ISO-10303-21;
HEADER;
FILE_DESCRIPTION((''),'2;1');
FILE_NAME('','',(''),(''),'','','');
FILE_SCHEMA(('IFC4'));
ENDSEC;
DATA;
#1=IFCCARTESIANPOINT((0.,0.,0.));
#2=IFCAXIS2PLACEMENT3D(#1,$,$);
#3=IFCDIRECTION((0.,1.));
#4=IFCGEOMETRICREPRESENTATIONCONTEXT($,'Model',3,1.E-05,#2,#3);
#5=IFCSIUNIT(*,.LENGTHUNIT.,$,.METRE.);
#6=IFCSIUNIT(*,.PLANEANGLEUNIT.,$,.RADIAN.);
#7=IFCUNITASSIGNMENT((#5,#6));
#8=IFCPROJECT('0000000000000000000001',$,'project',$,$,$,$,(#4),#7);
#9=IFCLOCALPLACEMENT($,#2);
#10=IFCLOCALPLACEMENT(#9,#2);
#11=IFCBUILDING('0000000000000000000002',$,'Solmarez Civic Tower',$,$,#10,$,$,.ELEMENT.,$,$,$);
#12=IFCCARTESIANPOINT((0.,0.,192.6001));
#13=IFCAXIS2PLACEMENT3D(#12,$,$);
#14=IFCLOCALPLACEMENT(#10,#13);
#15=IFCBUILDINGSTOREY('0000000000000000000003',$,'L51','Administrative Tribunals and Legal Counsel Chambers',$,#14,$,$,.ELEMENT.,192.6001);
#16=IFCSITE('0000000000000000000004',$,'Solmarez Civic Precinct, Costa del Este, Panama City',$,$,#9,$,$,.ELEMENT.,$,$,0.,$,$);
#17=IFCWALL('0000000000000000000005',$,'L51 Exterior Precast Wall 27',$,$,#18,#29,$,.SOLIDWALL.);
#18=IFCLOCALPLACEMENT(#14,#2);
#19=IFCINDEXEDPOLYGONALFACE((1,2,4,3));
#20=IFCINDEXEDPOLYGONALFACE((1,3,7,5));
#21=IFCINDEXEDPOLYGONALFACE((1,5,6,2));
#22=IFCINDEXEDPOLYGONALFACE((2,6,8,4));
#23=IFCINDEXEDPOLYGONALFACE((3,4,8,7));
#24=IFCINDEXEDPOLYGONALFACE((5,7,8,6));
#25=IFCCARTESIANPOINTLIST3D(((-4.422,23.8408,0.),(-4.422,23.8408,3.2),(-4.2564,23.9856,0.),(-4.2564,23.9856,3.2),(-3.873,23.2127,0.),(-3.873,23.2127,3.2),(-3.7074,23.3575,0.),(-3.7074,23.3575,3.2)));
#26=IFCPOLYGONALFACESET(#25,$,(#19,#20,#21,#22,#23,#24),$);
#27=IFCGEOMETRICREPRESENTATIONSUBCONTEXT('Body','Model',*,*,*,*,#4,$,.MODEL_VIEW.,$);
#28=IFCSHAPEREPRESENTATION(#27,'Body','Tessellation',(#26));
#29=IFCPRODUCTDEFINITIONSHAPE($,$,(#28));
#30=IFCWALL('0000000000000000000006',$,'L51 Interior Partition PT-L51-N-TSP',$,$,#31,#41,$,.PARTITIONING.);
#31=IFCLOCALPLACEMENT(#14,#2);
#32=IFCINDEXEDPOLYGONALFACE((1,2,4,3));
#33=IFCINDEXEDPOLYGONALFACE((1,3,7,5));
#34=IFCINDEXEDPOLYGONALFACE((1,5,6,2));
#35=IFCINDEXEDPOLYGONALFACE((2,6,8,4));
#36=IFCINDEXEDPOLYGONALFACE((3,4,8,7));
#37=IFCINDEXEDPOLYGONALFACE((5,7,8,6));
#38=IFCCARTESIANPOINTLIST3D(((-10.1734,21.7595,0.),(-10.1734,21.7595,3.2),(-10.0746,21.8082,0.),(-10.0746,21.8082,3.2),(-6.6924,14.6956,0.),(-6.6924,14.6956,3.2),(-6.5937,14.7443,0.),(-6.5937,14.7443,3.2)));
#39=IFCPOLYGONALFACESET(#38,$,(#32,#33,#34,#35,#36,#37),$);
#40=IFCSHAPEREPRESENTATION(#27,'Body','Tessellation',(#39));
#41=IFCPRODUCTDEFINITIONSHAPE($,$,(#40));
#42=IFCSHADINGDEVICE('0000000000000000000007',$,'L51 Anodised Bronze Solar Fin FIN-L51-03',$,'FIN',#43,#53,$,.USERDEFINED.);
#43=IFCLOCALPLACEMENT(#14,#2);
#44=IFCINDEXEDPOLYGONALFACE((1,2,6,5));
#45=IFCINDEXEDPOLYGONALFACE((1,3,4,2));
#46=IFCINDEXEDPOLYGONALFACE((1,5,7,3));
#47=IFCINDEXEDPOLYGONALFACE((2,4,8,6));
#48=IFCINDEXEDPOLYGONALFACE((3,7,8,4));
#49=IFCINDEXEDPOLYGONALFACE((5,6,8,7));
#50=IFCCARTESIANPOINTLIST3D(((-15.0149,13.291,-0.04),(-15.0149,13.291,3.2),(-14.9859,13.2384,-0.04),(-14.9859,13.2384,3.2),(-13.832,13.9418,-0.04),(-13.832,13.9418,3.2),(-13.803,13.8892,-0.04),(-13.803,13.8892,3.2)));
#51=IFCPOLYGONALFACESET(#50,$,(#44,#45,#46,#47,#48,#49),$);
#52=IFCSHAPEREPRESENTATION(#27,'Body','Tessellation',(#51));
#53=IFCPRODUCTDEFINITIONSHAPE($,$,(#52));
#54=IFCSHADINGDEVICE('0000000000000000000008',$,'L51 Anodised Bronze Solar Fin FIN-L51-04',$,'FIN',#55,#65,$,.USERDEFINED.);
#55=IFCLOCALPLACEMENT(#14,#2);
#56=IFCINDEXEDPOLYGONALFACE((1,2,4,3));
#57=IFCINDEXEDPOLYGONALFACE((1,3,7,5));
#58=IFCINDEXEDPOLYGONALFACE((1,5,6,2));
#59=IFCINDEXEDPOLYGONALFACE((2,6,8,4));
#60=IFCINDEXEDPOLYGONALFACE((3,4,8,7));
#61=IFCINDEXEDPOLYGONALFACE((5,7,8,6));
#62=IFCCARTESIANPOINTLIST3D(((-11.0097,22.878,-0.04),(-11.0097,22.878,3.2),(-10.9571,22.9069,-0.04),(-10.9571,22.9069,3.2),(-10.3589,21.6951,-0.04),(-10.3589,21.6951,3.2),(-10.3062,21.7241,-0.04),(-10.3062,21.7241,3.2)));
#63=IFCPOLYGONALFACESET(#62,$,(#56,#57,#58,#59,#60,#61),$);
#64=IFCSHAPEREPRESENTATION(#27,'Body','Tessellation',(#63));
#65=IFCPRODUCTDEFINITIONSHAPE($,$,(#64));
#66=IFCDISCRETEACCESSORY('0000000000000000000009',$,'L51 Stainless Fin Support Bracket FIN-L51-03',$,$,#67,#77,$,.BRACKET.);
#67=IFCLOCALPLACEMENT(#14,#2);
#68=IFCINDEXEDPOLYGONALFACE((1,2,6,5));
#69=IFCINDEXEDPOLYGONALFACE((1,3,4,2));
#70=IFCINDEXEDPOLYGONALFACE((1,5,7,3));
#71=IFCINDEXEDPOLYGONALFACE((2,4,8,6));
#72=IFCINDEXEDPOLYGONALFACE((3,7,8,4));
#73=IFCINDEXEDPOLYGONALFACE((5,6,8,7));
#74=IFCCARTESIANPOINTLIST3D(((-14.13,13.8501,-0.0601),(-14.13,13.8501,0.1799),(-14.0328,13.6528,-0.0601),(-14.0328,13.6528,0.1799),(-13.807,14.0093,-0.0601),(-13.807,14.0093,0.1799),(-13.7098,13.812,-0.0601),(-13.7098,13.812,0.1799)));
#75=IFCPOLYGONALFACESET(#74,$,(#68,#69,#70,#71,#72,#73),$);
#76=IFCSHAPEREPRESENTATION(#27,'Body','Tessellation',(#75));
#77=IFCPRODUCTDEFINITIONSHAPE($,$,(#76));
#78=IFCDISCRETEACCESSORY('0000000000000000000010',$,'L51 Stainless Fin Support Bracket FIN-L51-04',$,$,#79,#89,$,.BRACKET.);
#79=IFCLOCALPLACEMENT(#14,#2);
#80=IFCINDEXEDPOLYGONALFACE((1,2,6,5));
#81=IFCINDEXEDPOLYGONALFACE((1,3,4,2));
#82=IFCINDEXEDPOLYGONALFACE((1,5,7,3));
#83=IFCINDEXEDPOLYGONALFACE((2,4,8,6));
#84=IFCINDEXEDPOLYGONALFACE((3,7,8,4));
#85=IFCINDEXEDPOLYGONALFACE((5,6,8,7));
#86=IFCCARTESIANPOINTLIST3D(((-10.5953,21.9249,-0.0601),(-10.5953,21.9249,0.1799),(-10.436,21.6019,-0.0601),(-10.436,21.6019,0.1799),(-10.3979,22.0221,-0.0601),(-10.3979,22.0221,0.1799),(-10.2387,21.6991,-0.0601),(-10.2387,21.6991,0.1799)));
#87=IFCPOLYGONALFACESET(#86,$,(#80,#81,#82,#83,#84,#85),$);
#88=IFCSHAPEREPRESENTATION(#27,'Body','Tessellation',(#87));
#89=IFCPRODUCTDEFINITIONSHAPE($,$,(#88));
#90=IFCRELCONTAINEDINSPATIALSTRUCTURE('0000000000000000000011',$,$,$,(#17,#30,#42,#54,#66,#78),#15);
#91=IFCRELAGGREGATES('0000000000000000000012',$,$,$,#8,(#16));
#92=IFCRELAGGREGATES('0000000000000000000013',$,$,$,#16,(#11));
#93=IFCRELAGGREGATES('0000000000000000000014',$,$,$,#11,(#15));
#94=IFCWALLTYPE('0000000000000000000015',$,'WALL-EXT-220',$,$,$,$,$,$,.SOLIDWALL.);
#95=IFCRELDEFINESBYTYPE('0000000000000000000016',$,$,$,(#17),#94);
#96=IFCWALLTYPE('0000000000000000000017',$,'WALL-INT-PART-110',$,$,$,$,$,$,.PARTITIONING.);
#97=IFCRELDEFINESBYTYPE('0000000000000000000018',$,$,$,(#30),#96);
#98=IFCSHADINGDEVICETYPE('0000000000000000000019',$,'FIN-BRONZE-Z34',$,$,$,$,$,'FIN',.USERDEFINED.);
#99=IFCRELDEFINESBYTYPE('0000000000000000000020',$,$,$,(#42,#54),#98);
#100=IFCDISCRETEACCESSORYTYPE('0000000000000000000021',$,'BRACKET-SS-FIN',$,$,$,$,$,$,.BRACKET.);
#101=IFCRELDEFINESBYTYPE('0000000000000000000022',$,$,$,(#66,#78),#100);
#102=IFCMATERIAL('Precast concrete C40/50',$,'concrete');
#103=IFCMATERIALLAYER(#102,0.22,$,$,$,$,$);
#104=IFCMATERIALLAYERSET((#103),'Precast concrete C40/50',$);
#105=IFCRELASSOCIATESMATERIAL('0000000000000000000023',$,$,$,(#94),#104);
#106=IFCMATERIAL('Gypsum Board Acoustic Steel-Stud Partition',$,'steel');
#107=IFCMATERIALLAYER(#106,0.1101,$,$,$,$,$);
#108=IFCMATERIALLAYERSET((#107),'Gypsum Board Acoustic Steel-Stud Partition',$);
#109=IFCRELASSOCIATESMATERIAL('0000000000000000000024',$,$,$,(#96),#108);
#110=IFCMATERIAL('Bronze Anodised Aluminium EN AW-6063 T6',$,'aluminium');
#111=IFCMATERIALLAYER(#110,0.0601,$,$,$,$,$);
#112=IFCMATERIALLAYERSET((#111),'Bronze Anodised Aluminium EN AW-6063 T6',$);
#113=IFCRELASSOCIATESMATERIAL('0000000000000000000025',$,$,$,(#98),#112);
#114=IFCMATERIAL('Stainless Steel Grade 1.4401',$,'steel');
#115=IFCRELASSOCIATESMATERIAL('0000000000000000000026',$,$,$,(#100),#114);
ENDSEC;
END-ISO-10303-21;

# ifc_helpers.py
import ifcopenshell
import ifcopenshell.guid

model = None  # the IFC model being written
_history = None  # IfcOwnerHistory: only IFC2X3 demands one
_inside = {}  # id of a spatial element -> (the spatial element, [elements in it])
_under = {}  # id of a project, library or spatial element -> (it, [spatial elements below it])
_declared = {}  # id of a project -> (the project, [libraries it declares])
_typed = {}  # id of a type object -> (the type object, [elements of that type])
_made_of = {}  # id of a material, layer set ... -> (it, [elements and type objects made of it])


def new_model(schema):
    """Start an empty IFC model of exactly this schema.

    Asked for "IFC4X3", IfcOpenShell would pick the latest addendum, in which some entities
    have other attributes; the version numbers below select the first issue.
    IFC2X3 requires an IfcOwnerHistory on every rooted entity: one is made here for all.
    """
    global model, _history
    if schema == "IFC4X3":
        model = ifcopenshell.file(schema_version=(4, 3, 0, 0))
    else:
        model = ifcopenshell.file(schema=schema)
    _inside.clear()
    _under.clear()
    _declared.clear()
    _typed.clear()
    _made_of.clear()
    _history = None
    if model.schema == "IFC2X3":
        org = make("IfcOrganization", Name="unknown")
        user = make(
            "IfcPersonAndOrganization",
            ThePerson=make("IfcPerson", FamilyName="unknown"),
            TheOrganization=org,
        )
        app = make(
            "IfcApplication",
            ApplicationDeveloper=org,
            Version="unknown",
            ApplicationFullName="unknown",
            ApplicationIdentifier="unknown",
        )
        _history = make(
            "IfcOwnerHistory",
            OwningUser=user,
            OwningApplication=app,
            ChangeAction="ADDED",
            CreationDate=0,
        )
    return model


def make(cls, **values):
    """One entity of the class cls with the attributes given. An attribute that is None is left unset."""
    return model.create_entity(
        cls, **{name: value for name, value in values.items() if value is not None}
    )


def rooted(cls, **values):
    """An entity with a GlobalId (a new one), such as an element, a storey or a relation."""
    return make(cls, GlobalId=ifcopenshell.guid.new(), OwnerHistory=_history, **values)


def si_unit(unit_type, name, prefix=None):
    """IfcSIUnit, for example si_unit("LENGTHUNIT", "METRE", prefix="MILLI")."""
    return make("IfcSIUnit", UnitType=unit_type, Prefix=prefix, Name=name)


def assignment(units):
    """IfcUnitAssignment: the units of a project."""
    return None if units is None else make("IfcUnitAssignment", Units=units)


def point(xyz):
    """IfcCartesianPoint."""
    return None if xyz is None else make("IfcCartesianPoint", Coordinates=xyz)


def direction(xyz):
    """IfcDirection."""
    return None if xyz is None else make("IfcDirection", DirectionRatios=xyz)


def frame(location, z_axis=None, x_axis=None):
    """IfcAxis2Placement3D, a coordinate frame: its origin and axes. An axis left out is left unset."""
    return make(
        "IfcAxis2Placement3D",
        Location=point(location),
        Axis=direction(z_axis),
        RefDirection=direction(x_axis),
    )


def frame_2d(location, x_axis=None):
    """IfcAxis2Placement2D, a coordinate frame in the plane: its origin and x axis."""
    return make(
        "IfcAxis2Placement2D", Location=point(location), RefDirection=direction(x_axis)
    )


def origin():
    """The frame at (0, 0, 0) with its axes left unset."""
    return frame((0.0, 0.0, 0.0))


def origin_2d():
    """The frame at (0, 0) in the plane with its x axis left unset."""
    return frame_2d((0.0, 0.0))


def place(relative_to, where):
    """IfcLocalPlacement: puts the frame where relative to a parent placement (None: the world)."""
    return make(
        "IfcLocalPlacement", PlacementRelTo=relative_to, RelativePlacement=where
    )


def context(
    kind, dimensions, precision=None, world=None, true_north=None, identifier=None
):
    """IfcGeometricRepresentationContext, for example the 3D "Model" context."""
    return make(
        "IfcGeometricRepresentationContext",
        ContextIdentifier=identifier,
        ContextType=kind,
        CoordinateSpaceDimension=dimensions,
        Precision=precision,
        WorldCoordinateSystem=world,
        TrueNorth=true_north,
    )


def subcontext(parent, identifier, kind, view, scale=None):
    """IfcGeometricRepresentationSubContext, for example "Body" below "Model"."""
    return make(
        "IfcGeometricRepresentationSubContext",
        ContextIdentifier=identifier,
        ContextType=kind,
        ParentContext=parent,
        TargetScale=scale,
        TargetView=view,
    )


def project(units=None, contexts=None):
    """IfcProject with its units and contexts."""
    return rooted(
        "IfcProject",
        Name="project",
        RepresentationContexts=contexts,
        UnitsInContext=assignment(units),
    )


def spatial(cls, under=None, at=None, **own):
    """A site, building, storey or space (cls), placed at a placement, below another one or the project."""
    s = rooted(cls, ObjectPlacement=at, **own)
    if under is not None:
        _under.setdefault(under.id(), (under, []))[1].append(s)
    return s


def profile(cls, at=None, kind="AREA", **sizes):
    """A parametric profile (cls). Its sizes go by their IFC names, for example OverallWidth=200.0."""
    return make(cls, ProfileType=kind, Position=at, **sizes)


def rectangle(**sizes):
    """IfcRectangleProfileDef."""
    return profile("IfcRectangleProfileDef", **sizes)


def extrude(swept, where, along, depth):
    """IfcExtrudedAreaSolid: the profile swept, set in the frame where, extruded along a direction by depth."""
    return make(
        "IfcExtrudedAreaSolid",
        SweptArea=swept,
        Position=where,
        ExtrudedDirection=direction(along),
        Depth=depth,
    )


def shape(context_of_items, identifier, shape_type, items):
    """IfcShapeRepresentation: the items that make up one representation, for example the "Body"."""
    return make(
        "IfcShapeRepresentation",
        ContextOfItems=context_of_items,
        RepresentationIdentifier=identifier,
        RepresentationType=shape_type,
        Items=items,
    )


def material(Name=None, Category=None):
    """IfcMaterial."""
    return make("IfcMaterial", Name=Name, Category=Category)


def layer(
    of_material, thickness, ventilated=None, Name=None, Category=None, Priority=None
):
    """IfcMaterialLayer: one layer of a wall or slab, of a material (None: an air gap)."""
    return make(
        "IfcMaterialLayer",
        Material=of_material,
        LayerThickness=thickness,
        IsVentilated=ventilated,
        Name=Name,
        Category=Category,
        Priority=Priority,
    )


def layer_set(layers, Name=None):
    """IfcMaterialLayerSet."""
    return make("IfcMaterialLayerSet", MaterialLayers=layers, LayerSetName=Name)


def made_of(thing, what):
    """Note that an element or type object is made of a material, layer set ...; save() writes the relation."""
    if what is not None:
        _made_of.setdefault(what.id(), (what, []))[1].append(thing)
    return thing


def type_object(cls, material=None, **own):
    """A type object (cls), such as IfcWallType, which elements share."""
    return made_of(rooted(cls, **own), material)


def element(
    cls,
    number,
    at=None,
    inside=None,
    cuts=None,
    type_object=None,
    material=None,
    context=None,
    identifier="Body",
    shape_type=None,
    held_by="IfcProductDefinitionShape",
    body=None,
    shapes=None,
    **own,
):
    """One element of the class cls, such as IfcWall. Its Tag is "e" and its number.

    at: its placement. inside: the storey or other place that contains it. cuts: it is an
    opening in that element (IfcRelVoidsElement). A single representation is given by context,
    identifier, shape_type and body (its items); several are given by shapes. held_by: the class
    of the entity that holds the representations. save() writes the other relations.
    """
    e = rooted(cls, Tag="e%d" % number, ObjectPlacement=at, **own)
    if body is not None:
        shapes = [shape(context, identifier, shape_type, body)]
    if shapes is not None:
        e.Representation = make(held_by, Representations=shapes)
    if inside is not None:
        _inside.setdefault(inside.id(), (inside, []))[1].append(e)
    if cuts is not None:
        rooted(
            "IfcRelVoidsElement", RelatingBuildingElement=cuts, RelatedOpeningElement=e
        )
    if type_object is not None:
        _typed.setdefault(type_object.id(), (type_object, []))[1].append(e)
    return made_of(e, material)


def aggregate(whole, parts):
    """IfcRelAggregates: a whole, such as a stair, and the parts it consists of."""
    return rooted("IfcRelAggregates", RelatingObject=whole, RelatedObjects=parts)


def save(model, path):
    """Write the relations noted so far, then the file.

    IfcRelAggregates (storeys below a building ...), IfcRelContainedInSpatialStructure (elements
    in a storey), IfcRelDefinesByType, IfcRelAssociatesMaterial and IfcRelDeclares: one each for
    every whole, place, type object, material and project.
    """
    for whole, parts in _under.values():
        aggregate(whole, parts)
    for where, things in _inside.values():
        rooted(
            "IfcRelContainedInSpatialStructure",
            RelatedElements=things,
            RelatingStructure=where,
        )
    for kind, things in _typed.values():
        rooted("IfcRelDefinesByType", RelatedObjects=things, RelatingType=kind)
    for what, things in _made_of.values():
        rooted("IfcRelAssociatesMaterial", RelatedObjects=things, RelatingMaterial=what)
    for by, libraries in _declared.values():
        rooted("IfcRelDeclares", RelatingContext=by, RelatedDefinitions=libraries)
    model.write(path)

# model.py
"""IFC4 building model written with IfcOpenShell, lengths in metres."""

from ifc_helpers import new_model, si_unit, direction, frame, frame_2d, origin, origin_2d, place, context, subcontext, project, spatial, rectangle, extrude, material, layer, layer_set, type_object, element, save


model = new_model("IFC4")

# Units and contexts
model_context = context("Model", 3, precision=1e-05, world=origin(), true_north=direction((0.0, 1.0)))
body_context = subcontext(model_context, "Body", "Model", "MODEL_VIEW")
ifc_project = project(units=[si_unit("LENGTHUNIT", "METRE"), si_unit("PLANEANGLEUNIT", "RADIAN")], contexts=[model_context])

# Site, building, storey
site_placement = place(None, origin())
site = spatial("IfcSite", under=ifc_project, at=site_placement, Name="Solmarez Civic Precinct, Costa del Este, Panama City", CompositionType="ELEMENT", RefElevation=0.0)
building_placement = place(site_placement, origin())
building = spatial("IfcBuilding", under=site, at=building_placement, Name="Solmarez Civic Tower", CompositionType="ELEMENT")
storey_placement = place(building_placement, frame((0.0, 0.0, 192.6001)))
storey = spatial("IfcBuildingStorey", under=building, at=storey_placement, Name="L51", Description="Administrative Tribunals and Legal Counsel Chambers", CompositionType="ELEMENT", Elevation=192.6001)

# Shared definitions
ifc_material_1 = material(Name="Bronze Anodised Aluminium EN AW-6063 T6", Category="aluminium")

# Walls
ifc_material_2 = material(Name="Precast concrete C40/50", Category="concrete")
ifc_layer_1 = layer(ifc_material_2, 0.22)
ifc_layer_set_1 = layer_set([ifc_layer_1], Name="Precast concrete C40/50")
wall_type_1 = type_object("IfcWallType", Name="WALL-EXT-220", PredefinedType="SOLIDWALL", material=ifc_layer_set_1)
wall_1_placement = place(storey_placement, frame((-4.3391, 23.9131, 0.0), z_axis=(0.0, 0.0, 1.0), x_axis=(0.658111, -0.752921, 0.0)))
element("IfcWall", 1, at=wall_1_placement, inside=storey, type_object=wall_type_1, Name="L51 Exterior Precast Wall 27", PredefinedType="SOLIDWALL", context=body_context, shape_type="SweptSolid", body=[
    extrude(rectangle(XDim=0.8342, YDim=0.22, at=frame_2d((0.417, 0.0))), origin(), (0.0, 0.0, 1.0), 3.2),
])
ifc_material_3 = material(Name="Gypsum Board Acoustic Steel-Stud Partition", Category="steel")
ifc_layer_2 = layer(ifc_material_3, 0.1101)
ifc_layer_set_2 = layer_set([ifc_layer_2], Name="Gypsum Board Acoustic Steel-Stud Partition")
wall_type_2 = type_object("IfcWallType", Name="WALL-INT-PART-110", PredefinedType="PARTITIONING", material=ifc_layer_set_2)
wall_2_placement = place(storey_placement, frame((-6.6431, 14.72, 0.0), z_axis=(0.0, 0.0, 1.0), x_axis=(-0.442023, 0.897004, 0.0)))
element("IfcWall", 2, at=wall_2_placement, inside=storey, type_object=wall_type_2, Name="L51 Interior Partition PT-L51-N-TSP", PredefinedType="PARTITIONING", context=body_context, shape_type="SweptSolid", body=[
    extrude(rectangle(XDim=7.875, YDim=0.1101, at=frame_2d((3.9375, 0.0))), origin(), (0.0, 0.0, 1.0), 3.2),
])

# Shading devices
ifc_layer_3 = layer(ifc_material_1, 0.0601)
ifc_layer_set_3 = layer_set([ifc_layer_3], Name="Bronze Anodised Aluminium EN AW-6063 T6")
shading_device_type = type_object("IfcShadingDeviceType", Name="FIN-BRONZE-Z34", ElementType="FIN", PredefinedType="USERDEFINED", material=ifc_layer_set_3)
for number, where, z_axis, x_axis, name in (
    (3, (-14.4089, 13.5901, -0.04), (0.0, 0.0, 1.0), (-0.876164, -0.482014, 0.0), "L51 Anodised Bronze Solar Fin FIN-L51-03"),
    (4, (-10.658, 22.301, -0.04), (0.0, 0.0, 1.0), (-0.48206, 0.876138, 0.0), "L51 Anodised Bronze Solar Fin FIN-L51-04"),
):
    element("IfcShadingDevice", number, at=place(storey_placement, frame(where, z_axis=z_axis, x_axis=x_axis)), inside=storey, type_object=shading_device_type, Name=name, ObjectType="FIN", PredefinedType="USERDEFINED", context=body_context, shape_type="SweptSolid", body=[
        extrude(rectangle(XDim=1.3501, YDim=0.0601, at=origin_2d()), origin(), (0.0, 0.0, 1.0), 3.24),
    ])

# Discrete accessories
ifc_material_4 = material(Name="Stainless Steel Grade 1.4401", Category="steel")
discrete_accessory_type = type_object("IfcDiscreteAccessoryType", Name="BRACKET-SS-FIN", PredefinedType="BRACKET", material=ifc_material_4)
for number, where, z_axis, x_axis, name in (
    (5, (-13.9199, 13.8311, -0.0601), (0.0, 0.0, 1.0), (-0.896966, -0.442099, 0.0), "L51 Stainless Fin Support Bracket FIN-L51-03"),
    (6, (-10.417, 21.812, -0.0601), (0.0, 0.0, 1.0), (-0.442133, 0.896949, 0.0), "L51 Stainless Fin Support Bracket FIN-L51-04"),
):
    element("IfcDiscreteAccessory", number, at=place(storey_placement, frame(where, z_axis=z_axis, x_axis=x_axis)), inside=storey, type_object=discrete_accessory_type, Name=name, PredefinedType="BRACKET", context=body_context, shape_type="SweptSolid", body=[
        extrude(rectangle(XDim=0.3601, YDim=0.22, at=origin_2d()), origin(), (0.0, 0.0, 1.0), 0.24),
    ])

save(model, "model.ifc")
